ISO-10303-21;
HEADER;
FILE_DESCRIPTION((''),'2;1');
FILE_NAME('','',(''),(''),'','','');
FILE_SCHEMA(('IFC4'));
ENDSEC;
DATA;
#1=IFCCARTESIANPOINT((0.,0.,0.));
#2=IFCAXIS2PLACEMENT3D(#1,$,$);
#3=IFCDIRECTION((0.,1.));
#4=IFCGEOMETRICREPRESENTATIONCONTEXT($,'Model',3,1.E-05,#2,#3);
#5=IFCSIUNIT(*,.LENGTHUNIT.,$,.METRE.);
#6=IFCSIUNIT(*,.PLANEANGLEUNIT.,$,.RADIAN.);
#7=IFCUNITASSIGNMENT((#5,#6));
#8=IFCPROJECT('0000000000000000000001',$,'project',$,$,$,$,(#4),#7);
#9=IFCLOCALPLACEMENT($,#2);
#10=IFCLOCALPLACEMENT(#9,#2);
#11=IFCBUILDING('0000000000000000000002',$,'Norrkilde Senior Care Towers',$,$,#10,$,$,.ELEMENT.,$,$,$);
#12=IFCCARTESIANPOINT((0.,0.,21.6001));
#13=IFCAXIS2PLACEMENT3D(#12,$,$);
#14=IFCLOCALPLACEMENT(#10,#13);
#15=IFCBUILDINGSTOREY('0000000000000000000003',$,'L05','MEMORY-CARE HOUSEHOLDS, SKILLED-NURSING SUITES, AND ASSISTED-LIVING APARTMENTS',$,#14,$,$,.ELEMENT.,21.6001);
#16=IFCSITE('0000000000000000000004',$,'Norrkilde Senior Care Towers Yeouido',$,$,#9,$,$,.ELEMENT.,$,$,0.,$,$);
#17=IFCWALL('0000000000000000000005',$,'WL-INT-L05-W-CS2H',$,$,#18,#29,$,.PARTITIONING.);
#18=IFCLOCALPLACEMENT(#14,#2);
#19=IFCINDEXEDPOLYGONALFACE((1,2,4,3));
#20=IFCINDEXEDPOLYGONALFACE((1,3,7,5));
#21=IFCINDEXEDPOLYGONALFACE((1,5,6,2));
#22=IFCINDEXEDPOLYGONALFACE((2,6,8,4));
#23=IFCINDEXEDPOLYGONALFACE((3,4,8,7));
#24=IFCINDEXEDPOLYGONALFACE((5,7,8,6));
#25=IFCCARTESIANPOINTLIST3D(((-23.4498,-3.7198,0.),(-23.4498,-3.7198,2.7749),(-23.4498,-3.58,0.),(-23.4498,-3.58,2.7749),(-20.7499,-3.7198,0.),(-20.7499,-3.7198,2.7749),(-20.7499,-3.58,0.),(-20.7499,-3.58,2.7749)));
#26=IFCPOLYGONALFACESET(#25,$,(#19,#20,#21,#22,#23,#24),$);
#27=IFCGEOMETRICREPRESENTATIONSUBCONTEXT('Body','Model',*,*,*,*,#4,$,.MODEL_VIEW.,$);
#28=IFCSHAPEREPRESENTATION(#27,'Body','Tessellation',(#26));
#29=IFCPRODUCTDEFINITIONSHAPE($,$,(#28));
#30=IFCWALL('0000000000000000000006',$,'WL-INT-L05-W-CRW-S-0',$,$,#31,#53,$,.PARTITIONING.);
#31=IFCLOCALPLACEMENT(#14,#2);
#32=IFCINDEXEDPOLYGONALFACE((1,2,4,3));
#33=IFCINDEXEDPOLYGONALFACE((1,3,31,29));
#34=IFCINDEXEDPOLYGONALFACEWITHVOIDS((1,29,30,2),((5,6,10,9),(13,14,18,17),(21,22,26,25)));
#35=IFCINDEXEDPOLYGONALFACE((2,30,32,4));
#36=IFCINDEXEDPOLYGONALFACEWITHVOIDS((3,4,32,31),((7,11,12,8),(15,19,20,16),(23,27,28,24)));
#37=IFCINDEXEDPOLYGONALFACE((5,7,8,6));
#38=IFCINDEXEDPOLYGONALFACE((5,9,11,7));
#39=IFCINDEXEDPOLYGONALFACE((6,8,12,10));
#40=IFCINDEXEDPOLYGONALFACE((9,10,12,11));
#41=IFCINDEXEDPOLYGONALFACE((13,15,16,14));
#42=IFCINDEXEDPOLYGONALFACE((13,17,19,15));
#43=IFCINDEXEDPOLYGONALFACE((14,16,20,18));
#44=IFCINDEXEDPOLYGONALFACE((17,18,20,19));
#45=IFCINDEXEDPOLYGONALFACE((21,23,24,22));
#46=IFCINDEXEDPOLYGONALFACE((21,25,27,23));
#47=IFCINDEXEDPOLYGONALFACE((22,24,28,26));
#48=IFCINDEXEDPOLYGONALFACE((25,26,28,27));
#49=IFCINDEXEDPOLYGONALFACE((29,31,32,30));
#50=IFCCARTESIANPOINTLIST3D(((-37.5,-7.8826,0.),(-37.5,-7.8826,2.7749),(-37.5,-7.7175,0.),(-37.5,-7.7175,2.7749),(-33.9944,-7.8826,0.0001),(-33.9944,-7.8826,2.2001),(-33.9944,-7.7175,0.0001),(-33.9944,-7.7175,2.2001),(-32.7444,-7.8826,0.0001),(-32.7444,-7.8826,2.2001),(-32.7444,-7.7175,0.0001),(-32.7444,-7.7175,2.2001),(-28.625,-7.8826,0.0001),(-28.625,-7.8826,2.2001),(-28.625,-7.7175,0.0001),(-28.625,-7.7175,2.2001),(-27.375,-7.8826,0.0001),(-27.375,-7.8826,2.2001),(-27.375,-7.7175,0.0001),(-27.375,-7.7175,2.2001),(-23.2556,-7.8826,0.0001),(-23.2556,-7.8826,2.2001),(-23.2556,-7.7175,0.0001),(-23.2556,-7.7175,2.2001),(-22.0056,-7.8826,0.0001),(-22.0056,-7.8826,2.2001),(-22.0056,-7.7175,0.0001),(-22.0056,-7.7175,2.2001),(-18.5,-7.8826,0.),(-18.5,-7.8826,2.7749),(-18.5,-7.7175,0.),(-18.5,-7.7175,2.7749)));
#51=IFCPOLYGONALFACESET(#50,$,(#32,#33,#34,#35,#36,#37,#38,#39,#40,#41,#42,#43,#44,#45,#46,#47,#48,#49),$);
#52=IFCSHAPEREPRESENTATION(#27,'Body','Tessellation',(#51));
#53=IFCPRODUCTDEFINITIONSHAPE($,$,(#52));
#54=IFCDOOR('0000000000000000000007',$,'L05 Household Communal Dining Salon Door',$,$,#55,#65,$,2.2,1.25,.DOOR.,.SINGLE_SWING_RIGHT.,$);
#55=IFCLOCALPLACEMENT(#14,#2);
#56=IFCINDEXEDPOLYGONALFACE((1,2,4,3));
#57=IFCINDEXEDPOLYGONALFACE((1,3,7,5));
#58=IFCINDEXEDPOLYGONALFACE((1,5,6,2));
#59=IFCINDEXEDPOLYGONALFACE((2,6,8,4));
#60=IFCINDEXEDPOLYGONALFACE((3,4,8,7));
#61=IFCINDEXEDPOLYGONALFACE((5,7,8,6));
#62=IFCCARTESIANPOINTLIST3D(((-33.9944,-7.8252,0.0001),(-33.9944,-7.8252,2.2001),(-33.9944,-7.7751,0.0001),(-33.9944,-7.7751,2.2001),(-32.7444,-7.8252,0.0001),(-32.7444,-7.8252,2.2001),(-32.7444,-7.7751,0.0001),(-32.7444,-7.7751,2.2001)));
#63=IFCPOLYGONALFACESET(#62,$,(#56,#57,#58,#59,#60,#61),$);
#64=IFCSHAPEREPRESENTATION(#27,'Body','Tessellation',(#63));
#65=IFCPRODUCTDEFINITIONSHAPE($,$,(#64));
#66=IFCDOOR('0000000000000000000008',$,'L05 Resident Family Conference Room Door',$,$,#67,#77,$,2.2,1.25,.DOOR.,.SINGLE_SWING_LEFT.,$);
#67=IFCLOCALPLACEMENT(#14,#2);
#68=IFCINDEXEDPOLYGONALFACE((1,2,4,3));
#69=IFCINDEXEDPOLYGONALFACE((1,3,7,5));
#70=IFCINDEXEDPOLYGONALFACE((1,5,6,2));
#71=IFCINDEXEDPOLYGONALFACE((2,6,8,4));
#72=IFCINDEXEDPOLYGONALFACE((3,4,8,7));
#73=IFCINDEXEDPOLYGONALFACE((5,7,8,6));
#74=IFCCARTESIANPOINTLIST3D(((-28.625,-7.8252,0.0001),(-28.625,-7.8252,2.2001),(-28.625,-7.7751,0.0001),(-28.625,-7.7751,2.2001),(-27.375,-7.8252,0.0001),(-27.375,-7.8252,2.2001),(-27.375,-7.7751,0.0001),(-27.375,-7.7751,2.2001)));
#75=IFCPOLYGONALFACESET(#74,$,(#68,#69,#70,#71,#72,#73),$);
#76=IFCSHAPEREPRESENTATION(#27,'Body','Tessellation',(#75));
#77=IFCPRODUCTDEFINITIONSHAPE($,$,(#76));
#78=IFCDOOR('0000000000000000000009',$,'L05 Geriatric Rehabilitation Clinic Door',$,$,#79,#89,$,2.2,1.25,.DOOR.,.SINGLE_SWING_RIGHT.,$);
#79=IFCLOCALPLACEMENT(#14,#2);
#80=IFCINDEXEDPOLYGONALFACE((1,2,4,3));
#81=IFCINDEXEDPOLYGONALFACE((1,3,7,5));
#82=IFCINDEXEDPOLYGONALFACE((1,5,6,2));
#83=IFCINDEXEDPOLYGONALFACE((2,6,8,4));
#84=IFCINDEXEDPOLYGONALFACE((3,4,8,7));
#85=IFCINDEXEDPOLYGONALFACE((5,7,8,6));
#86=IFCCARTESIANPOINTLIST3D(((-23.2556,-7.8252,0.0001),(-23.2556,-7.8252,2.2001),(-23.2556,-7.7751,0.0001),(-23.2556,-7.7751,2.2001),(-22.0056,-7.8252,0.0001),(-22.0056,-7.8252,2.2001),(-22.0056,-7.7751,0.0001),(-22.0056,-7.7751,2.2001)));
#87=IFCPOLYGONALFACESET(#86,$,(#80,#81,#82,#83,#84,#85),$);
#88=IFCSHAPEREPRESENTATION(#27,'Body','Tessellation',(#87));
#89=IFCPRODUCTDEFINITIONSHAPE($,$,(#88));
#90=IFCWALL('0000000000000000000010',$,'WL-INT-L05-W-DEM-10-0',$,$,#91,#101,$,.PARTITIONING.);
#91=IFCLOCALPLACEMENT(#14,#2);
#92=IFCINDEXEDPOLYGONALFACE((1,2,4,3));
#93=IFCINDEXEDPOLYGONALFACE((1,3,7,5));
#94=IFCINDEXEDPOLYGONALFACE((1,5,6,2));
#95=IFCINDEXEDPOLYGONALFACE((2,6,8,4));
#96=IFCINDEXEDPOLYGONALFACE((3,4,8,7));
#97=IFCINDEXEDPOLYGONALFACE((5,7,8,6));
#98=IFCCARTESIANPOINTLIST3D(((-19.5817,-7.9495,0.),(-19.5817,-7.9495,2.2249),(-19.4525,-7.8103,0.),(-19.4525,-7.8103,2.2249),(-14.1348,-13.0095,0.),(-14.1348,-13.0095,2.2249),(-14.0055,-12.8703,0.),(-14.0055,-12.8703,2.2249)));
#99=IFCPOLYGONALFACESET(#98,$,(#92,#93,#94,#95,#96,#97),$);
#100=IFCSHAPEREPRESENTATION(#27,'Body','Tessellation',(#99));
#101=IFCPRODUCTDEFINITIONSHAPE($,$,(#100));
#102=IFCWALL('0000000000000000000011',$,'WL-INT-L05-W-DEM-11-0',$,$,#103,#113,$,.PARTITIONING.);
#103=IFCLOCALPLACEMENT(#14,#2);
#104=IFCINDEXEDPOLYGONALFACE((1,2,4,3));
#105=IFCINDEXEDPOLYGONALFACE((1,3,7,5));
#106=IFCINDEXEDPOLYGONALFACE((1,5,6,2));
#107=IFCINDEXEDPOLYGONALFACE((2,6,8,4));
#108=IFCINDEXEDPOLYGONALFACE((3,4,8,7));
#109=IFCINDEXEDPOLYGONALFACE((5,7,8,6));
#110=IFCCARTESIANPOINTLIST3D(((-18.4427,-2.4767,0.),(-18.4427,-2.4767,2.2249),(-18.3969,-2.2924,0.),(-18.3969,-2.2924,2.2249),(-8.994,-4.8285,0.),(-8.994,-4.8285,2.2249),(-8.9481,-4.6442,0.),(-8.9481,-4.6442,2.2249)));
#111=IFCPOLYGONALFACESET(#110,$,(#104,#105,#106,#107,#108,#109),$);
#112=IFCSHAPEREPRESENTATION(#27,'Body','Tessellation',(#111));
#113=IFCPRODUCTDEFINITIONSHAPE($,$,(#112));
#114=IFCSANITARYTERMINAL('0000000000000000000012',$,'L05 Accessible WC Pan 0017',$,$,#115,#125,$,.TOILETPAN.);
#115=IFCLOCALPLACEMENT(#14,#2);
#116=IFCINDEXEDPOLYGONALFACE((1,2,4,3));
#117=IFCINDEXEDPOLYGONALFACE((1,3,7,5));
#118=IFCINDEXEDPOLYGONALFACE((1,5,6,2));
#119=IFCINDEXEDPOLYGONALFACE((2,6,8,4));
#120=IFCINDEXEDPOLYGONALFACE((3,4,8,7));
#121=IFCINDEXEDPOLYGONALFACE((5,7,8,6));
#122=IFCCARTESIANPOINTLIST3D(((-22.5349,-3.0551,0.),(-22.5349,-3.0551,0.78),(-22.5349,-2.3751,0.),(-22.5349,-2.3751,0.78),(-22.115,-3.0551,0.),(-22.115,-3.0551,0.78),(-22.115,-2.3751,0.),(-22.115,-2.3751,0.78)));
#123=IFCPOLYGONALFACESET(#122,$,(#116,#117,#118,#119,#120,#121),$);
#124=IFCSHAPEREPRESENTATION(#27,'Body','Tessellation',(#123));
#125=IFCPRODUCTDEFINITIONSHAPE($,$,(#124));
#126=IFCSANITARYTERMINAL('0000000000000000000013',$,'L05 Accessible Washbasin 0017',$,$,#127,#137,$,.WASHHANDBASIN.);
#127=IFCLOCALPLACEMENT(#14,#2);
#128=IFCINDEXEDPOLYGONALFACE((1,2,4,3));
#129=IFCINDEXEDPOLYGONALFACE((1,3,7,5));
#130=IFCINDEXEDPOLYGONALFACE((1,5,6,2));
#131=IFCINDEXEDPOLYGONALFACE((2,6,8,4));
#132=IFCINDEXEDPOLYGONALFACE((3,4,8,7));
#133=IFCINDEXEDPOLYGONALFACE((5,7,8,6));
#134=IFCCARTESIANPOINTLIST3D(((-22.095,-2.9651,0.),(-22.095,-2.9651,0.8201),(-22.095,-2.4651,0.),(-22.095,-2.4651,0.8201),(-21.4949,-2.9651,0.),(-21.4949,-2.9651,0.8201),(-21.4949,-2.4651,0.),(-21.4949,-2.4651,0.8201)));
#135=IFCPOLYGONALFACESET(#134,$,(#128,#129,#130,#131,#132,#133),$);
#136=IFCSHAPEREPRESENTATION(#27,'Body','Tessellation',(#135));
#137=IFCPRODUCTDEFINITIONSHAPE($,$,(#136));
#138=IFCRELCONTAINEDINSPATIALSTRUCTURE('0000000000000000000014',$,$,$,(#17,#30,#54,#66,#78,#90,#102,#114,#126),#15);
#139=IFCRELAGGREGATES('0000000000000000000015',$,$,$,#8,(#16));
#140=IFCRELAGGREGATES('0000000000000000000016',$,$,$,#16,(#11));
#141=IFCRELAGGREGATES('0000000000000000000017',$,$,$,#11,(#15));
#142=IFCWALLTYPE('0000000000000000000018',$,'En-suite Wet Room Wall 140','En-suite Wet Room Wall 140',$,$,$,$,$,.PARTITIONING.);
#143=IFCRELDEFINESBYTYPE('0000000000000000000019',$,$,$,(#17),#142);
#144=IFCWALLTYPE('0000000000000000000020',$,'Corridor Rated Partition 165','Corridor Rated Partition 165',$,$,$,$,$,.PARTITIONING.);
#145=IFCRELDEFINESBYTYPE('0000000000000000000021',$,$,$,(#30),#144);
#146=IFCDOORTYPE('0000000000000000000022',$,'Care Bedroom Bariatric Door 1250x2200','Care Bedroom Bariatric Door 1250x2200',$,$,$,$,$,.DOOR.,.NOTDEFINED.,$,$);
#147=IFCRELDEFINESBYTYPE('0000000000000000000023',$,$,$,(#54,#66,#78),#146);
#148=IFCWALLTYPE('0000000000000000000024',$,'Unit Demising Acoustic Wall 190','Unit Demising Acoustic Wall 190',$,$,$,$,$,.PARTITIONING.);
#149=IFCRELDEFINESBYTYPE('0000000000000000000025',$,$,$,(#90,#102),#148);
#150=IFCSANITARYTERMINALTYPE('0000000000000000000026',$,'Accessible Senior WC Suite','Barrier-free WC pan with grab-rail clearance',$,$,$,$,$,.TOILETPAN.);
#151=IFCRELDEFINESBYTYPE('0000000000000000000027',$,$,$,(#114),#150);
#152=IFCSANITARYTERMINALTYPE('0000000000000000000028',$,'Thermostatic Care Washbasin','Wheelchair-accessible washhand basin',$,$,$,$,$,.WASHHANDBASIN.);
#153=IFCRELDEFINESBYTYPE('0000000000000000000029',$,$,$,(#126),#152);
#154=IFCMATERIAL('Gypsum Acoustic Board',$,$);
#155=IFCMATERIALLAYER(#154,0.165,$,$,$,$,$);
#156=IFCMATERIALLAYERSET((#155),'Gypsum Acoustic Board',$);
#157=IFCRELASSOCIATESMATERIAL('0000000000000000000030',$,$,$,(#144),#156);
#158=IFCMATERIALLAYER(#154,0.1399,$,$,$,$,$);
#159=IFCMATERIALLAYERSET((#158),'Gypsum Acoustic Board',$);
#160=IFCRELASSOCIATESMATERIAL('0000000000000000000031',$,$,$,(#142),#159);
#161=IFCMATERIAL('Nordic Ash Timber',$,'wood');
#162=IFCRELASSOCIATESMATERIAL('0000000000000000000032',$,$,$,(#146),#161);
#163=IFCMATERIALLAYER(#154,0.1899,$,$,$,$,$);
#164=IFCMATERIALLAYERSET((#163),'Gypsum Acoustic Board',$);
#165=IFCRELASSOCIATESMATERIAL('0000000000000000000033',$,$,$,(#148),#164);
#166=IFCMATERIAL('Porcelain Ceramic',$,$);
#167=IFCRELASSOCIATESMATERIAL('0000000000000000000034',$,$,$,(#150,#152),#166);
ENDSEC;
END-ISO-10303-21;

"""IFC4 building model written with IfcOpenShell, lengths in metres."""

from ifc_helpers import new_model, si_unit, direction, frame, frame_2d, origin, origin_2d, place, context, subcontext, project, spatial, rectangle, extrude, source, transform, mapped, material, layer, layer_set, type_object, type_shapes, element, fill, save


model = new_model("IFC4")

# Units and contexts
model_context = context("Model", 3, precision=1e-05, world=origin(), true_north=direction((0.0, 1.0)))
body_context = subcontext(model_context, "Body", "Model", "MODEL_VIEW")
ifc_project = project(units=[si_unit("LENGTHUNIT", "METRE"), si_unit("PLANEANGLEUNIT", "RADIAN")], contexts=[model_context])

# Site, building, storey
site_placement = place(None, origin())
site = spatial("IfcSite", under=ifc_project, at=site_placement, Name="Norrkilde Senior Care Towers Yeouido", CompositionType="ELEMENT", RefElevation=0.0)
building_placement = place(site_placement, origin())
building = spatial("IfcBuilding", under=site, at=building_placement, Name="Norrkilde Senior Care Towers", CompositionType="ELEMENT")
storey_placement = place(building_placement, frame((0.0, 0.0, 21.6001)))
storey = spatial("IfcBuildingStorey", under=building, at=storey_placement, Name="L05", Description="MEMORY-CARE HOUSEHOLDS, SKILLED-NURSING SUITES, AND ASSISTED-LIVING APARTMENTS", CompositionType="ELEMENT", Elevation=21.6001)

# Shared definitions
ifc_material_1 = material(Name="Gypsum Acoustic Board")
ifc_layer_1 = layer(ifc_material_1, 0.165)
ifc_layer_set_1 = layer_set([ifc_layer_1], Name="Gypsum Acoustic Board")
wall_type_1 = type_object("IfcWallType", Name="Corridor Rated Partition 165", Description="Corridor Rated Partition 165", PredefinedType="PARTITIONING", material=ifc_layer_set_1)

# Wall
ifc_layer_2 = layer(ifc_material_1, 0.1399)
ifc_layer_set_2 = layer_set([ifc_layer_2], Name="Gypsum Acoustic Board")
wall_type_2 = type_object("IfcWallType", Name="En-suite Wet Room Wall 140", Description="En-suite Wet Room Wall 140", PredefinedType="PARTITIONING", material=ifc_layer_set_2)
shared_shape_1 = source(origin(), body_context, "Body", "SweptSolid", [
    extrude(rectangle(XDim=2.7, YDim=0.1399, at=frame_2d((1.3501, 0.0))), origin(), (0.0, 0.0, 1.0), 2.7749),
])
type_shapes(wall_type_2, [shared_shape_1])
wall_1_placement = place(storey_placement, frame((-23.45, -3.6499, 0.0), z_axis=(0.0, 0.0, 1.0), x_axis=(1.0, 0.0, 0.0)))
element("IfcWall", 1, at=wall_1_placement, inside=storey, type_object=wall_type_2, Name="WL-INT-L05-W-CS2H", PredefinedType="PARTITIONING", context=body_context, shape_type="MappedRepresentation", body=[
    mapped(shared_shape_1, transform((0.0, 0.0, 0.0), x_axis=(1.0, 0.0, 0.0), y_axis=(0.0, 1.0, 0.0), z_axis=(0.0, 0.0, 1.0), scale=1.0)),
])

# Wall, openings, doors
shared_shape_2 = source(origin(), body_context, "Body", "SweptSolid", [
    extrude(rectangle(XDim=19.0, YDim=0.165, at=frame_2d((9.5, 0.0))), origin(), (0.0, 0.0, 1.0), 2.7749),
])
wall_2_placement = place(storey_placement, frame((-18.5, -7.8, 0.0), z_axis=(0.0, 0.0, 1.0), x_axis=(-1.0, 0.0, 0.0)))
wall_2 = element("IfcWall", 2, at=wall_2_placement, inside=storey, type_object=wall_type_1, Name="WL-INT-L05-W-CRW-S-0", PredefinedType="PARTITIONING", context=body_context, shape_type="MappedRepresentation", body=[
    mapped(shared_shape_2, transform((0.0, 0.0, 0.0), x_axis=(1.0, 0.0, 0.0), y_axis=(0.0, 1.0, 0.0), z_axis=(0.0, 0.0, 1.0), scale=1.0)),
])
opening_1_placement = place(wall_2_placement, frame((14.2444, 0.0, 0.0)))
opening_1 = element("IfcOpeningElement", 3, at=opening_1_placement, cuts=wall_2, PredefinedType="OPENING", context=body_context, shape_type="SweptSolid", body=[
    extrude(rectangle(XDim=1.25, YDim=2.2, at=frame_2d((0.625, 1.1001))), frame((0.0, 0.0925, 0.0), z_axis=(0.0, -1.0, 0.0), x_axis=(1.0, 0.0, 0.0)), (0.0, 0.0, 1.0), 0.1851),
])
opening_2_placement = place(wall_2_placement, frame((8.875, 0.0, 0.0)))
opening_2 = element("IfcOpeningElement", 4, at=opening_2_placement, cuts=wall_2, PredefinedType="OPENING", context=body_context, shape_type="SweptSolid", body=[
    extrude(rectangle(XDim=1.25, YDim=2.2, at=frame_2d((0.625, 1.1001))), frame((0.0, 0.0925, 0.0), z_axis=(0.0, -1.0, 0.0), x_axis=(1.0, 0.0, 0.0)), (0.0, 0.0, 1.0), 0.1851),
])
opening_3_placement = place(wall_2_placement, frame((3.5056, 0.0, 0.0)))
opening_3 = element("IfcOpeningElement", 5, at=opening_3_placement, cuts=wall_2, PredefinedType="OPENING", context=body_context, shape_type="SweptSolid", body=[
    extrude(rectangle(XDim=1.25, YDim=2.2, at=frame_2d((0.625, 1.1001))), frame((0.0, 0.0925, 0.0), z_axis=(0.0, -1.0, 0.0), x_axis=(1.0, 0.0, 0.0)), (0.0, 0.0, 1.0), 0.1851),
])
ifc_material_2 = material(Name="Nordic Ash Timber", Category="wood")
door_type_1 = type_object("IfcDoorType", Name="Care Bedroom Bariatric Door 1250x2200", Description="Care Bedroom Bariatric Door 1250x2200", OperationType="NOTDEFINED", PredefinedType="DOOR", material=ifc_material_2)
shared_shape_3 = source(origin(), body_context, "Body", "SweptSolid", [
    extrude(rectangle(XDim=1.25, YDim=2.2, at=frame_2d((0.625, 1.1001))), frame((0.0, 0.0249, 0.0), z_axis=(0.0, -1.0, 0.0), x_axis=(1.0, 0.0, 0.0)), (0.0, 0.0, 1.0), 0.05),
])
type_shapes(door_type_1, [shared_shape_3])
door_1_placement = place(opening_1_placement, frame((1.25, 0.0, 0.0), z_axis=(0.0, 0.0, 1.0), x_axis=(-1.0, 0.0, 0.0)))
door_1 = element("IfcDoor", 6, at=door_1_placement, inside=storey, type_object=door_type_1, Name="L05 Household Communal Dining Salon Door", OperationType="SINGLE_SWING_RIGHT", OverallHeight=2.2, OverallWidth=1.25, PredefinedType="DOOR", context=body_context, shape_type="MappedRepresentation", body=[
    mapped(shared_shape_3, transform((0.0, 0.0, 0.0), x_axis=(1.0, 0.0, 0.0), y_axis=(0.0, 1.0, 0.0), z_axis=(0.0, 0.0, 1.0), scale=1.0)),
])
fill(opening_1, door_1)
door_2_placement = place(opening_2_placement, frame((1.25, 0.0, 0.0), z_axis=(0.0, 0.0, 1.0), x_axis=(-1.0, 0.0, 0.0)))
door_2 = element("IfcDoor", 7, at=door_2_placement, inside=storey, type_object=door_type_1, Name="L05 Resident Family Conference Room Door", OperationType="SINGLE_SWING_LEFT", OverallHeight=2.2, OverallWidth=1.25, PredefinedType="DOOR", context=body_context, shape_type="MappedRepresentation", body=[
    mapped(shared_shape_3, transform((0.0, 0.0, 0.0), x_axis=(1.0, 0.0, 0.0), y_axis=(0.0, 1.0, 0.0), z_axis=(0.0, 0.0, 1.0), scale=1.0)),
])
fill(opening_2, door_2)
door_3_placement = place(opening_3_placement, frame((1.25, 0.0, 0.0), z_axis=(0.0, 0.0, 1.0), x_axis=(-1.0, 0.0, 0.0)))
door_3 = element("IfcDoor", 8, at=door_3_placement, inside=storey, type_object=door_type_1, Name="L05 Geriatric Rehabilitation Clinic Door", OperationType="SINGLE_SWING_RIGHT", OverallHeight=2.2, OverallWidth=1.25, PredefinedType="DOOR", context=body_context, shape_type="MappedRepresentation", body=[
    mapped(shared_shape_3, transform((0.0, 0.0, 0.0), x_axis=(1.0, 0.0, 0.0), y_axis=(0.0, 1.0, 0.0), z_axis=(0.0, 0.0, 1.0), scale=1.0)),
])
fill(opening_3, door_3)

# Walls
ifc_layer_3 = layer(ifc_material_1, 0.1899)
ifc_layer_set_3 = layer_set([ifc_layer_3], Name="Gypsum Acoustic Board")
wall_type_3 = type_object("IfcWallType", Name="Unit Demising Acoustic Wall 190", Description="Unit Demising Acoustic Wall 190", PredefinedType="PARTITIONING", material=ifc_layer_set_3)
shared_shape_4 = source(origin(), body_context, "Body", "SweptSolid", [
    extrude(rectangle(XDim=7.4346, YDim=0.1899, at=frame_2d((3.7173, 0.0))), origin(), (0.0, 0.0, 1.0), 2.2249),
])
wall_3_placement = place(storey_placement, frame((-19.5171, -7.8799, 0.0), z_axis=(0.0, 0.0, 1.0), x_axis=(0.732652, -0.680603, 0.0)))
element("IfcWall", 9, at=wall_3_placement, inside=storey, type_object=wall_type_3, Name="WL-INT-L05-W-DEM-10-0", PredefinedType="PARTITIONING", context=body_context, shape_type="MappedRepresentation", body=[
    mapped(shared_shape_4, transform((0.0, 0.0, 0.0), x_axis=(1.0, 0.0, 0.0), y_axis=(0.0, 1.0, 0.0), z_axis=(0.0, 0.0, 1.0), scale=1.0)),
])
shared_shape_5 = source(origin(), body_context, "Body", "SweptSolid", [
    extrude(rectangle(XDim=9.7371, YDim=0.1899, at=frame_2d((4.8687, 0.0))), origin(), (0.0, 0.0, 1.0), 2.2249),
])
type_shapes(wall_type_3, [shared_shape_4, shared_shape_5])
wall_4_placement = place(storey_placement, frame((-18.4199, -2.3845, 0.0), z_axis=(0.0, 0.0, 1.0), x_axis=(0.970393, -0.241533, 0.0)))
element("IfcWall", 10, at=wall_4_placement, inside=storey, type_object=wall_type_3, Name="WL-INT-L05-W-DEM-11-0", PredefinedType="PARTITIONING", context=body_context, shape_type="MappedRepresentation", body=[
    mapped(shared_shape_5, transform((0.0, 0.0, 0.0), x_axis=(1.0, 0.0, 0.0), y_axis=(0.0, 1.0, 0.0), z_axis=(0.0, 0.0, 1.0), scale=1.0)),
])

# Sanitary terminals
ifc_material_3 = material(Name="Porcelain Ceramic")
sanitary_terminal_type_1 = type_object("IfcSanitaryTerminalType", Name="Accessible Senior WC Suite", Description="Barrier-free WC pan with grab-rail clearance", PredefinedType="TOILETPAN", material=ifc_material_3)
shared_shape_6 = source(origin(), body_context, "Body", "SweptSolid", [
    extrude(rectangle(XDim=0.4199, YDim=0.6799, at=origin_2d()), origin(), (0.0, 0.0, 1.0), 0.78),
])
type_shapes(sanitary_terminal_type_1, [shared_shape_6])
sanitary_terminal_1_placement = place(storey_placement, frame((-22.325, -2.7151, 0.0), z_axis=(0.0, 0.0, 1.0), x_axis=(1.0, 0.0, 0.0)))
element("IfcSanitaryTerminal", 11, at=sanitary_terminal_1_placement, inside=storey, type_object=sanitary_terminal_type_1, Name="L05 Accessible WC Pan 0017", PredefinedType="TOILETPAN", context=body_context, shape_type="MappedRepresentation", body=[
    mapped(shared_shape_6, transform((0.0, 0.0, 0.0), x_axis=(1.0, 0.0, 0.0), y_axis=(0.0, 1.0, 0.0), z_axis=(0.0, 0.0, 1.0), scale=1.0)),
])
sanitary_terminal_type_2 = type_object("IfcSanitaryTerminalType", Name="Thermostatic Care Washbasin", Description="Wheelchair-accessible washhand basin", PredefinedType="WASHHANDBASIN", material=ifc_material_3)
shared_shape_7 = source(origin(), body_context, "Body", "SweptSolid", [
    extrude(rectangle(XDim=0.6001, YDim=0.5, at=origin_2d()), origin(), (0.0, 0.0, 1.0), 0.8201),
])
type_shapes(sanitary_terminal_type_2, [shared_shape_7])
sanitary_terminal_2_placement = place(storey_placement, frame((-21.7949, -2.7151, 0.0), z_axis=(0.0, 0.0, 1.0), x_axis=(1.0, 0.0, 0.0)))
element("IfcSanitaryTerminal", 12, at=sanitary_terminal_2_placement, inside=storey, type_object=sanitary_terminal_type_2, Name="L05 Accessible Washbasin 0017", PredefinedType="WASHHANDBASIN", context=body_context, shape_type="MappedRepresentation", body=[
    mapped(shared_shape_7, transform((0.0, 0.0, 0.0), x_axis=(1.0, 0.0, 0.0), y_axis=(0.0, 1.0, 0.0), z_axis=(0.0, 0.0, 1.0), scale=1.0)),
])

save(model, "model.ifc")
